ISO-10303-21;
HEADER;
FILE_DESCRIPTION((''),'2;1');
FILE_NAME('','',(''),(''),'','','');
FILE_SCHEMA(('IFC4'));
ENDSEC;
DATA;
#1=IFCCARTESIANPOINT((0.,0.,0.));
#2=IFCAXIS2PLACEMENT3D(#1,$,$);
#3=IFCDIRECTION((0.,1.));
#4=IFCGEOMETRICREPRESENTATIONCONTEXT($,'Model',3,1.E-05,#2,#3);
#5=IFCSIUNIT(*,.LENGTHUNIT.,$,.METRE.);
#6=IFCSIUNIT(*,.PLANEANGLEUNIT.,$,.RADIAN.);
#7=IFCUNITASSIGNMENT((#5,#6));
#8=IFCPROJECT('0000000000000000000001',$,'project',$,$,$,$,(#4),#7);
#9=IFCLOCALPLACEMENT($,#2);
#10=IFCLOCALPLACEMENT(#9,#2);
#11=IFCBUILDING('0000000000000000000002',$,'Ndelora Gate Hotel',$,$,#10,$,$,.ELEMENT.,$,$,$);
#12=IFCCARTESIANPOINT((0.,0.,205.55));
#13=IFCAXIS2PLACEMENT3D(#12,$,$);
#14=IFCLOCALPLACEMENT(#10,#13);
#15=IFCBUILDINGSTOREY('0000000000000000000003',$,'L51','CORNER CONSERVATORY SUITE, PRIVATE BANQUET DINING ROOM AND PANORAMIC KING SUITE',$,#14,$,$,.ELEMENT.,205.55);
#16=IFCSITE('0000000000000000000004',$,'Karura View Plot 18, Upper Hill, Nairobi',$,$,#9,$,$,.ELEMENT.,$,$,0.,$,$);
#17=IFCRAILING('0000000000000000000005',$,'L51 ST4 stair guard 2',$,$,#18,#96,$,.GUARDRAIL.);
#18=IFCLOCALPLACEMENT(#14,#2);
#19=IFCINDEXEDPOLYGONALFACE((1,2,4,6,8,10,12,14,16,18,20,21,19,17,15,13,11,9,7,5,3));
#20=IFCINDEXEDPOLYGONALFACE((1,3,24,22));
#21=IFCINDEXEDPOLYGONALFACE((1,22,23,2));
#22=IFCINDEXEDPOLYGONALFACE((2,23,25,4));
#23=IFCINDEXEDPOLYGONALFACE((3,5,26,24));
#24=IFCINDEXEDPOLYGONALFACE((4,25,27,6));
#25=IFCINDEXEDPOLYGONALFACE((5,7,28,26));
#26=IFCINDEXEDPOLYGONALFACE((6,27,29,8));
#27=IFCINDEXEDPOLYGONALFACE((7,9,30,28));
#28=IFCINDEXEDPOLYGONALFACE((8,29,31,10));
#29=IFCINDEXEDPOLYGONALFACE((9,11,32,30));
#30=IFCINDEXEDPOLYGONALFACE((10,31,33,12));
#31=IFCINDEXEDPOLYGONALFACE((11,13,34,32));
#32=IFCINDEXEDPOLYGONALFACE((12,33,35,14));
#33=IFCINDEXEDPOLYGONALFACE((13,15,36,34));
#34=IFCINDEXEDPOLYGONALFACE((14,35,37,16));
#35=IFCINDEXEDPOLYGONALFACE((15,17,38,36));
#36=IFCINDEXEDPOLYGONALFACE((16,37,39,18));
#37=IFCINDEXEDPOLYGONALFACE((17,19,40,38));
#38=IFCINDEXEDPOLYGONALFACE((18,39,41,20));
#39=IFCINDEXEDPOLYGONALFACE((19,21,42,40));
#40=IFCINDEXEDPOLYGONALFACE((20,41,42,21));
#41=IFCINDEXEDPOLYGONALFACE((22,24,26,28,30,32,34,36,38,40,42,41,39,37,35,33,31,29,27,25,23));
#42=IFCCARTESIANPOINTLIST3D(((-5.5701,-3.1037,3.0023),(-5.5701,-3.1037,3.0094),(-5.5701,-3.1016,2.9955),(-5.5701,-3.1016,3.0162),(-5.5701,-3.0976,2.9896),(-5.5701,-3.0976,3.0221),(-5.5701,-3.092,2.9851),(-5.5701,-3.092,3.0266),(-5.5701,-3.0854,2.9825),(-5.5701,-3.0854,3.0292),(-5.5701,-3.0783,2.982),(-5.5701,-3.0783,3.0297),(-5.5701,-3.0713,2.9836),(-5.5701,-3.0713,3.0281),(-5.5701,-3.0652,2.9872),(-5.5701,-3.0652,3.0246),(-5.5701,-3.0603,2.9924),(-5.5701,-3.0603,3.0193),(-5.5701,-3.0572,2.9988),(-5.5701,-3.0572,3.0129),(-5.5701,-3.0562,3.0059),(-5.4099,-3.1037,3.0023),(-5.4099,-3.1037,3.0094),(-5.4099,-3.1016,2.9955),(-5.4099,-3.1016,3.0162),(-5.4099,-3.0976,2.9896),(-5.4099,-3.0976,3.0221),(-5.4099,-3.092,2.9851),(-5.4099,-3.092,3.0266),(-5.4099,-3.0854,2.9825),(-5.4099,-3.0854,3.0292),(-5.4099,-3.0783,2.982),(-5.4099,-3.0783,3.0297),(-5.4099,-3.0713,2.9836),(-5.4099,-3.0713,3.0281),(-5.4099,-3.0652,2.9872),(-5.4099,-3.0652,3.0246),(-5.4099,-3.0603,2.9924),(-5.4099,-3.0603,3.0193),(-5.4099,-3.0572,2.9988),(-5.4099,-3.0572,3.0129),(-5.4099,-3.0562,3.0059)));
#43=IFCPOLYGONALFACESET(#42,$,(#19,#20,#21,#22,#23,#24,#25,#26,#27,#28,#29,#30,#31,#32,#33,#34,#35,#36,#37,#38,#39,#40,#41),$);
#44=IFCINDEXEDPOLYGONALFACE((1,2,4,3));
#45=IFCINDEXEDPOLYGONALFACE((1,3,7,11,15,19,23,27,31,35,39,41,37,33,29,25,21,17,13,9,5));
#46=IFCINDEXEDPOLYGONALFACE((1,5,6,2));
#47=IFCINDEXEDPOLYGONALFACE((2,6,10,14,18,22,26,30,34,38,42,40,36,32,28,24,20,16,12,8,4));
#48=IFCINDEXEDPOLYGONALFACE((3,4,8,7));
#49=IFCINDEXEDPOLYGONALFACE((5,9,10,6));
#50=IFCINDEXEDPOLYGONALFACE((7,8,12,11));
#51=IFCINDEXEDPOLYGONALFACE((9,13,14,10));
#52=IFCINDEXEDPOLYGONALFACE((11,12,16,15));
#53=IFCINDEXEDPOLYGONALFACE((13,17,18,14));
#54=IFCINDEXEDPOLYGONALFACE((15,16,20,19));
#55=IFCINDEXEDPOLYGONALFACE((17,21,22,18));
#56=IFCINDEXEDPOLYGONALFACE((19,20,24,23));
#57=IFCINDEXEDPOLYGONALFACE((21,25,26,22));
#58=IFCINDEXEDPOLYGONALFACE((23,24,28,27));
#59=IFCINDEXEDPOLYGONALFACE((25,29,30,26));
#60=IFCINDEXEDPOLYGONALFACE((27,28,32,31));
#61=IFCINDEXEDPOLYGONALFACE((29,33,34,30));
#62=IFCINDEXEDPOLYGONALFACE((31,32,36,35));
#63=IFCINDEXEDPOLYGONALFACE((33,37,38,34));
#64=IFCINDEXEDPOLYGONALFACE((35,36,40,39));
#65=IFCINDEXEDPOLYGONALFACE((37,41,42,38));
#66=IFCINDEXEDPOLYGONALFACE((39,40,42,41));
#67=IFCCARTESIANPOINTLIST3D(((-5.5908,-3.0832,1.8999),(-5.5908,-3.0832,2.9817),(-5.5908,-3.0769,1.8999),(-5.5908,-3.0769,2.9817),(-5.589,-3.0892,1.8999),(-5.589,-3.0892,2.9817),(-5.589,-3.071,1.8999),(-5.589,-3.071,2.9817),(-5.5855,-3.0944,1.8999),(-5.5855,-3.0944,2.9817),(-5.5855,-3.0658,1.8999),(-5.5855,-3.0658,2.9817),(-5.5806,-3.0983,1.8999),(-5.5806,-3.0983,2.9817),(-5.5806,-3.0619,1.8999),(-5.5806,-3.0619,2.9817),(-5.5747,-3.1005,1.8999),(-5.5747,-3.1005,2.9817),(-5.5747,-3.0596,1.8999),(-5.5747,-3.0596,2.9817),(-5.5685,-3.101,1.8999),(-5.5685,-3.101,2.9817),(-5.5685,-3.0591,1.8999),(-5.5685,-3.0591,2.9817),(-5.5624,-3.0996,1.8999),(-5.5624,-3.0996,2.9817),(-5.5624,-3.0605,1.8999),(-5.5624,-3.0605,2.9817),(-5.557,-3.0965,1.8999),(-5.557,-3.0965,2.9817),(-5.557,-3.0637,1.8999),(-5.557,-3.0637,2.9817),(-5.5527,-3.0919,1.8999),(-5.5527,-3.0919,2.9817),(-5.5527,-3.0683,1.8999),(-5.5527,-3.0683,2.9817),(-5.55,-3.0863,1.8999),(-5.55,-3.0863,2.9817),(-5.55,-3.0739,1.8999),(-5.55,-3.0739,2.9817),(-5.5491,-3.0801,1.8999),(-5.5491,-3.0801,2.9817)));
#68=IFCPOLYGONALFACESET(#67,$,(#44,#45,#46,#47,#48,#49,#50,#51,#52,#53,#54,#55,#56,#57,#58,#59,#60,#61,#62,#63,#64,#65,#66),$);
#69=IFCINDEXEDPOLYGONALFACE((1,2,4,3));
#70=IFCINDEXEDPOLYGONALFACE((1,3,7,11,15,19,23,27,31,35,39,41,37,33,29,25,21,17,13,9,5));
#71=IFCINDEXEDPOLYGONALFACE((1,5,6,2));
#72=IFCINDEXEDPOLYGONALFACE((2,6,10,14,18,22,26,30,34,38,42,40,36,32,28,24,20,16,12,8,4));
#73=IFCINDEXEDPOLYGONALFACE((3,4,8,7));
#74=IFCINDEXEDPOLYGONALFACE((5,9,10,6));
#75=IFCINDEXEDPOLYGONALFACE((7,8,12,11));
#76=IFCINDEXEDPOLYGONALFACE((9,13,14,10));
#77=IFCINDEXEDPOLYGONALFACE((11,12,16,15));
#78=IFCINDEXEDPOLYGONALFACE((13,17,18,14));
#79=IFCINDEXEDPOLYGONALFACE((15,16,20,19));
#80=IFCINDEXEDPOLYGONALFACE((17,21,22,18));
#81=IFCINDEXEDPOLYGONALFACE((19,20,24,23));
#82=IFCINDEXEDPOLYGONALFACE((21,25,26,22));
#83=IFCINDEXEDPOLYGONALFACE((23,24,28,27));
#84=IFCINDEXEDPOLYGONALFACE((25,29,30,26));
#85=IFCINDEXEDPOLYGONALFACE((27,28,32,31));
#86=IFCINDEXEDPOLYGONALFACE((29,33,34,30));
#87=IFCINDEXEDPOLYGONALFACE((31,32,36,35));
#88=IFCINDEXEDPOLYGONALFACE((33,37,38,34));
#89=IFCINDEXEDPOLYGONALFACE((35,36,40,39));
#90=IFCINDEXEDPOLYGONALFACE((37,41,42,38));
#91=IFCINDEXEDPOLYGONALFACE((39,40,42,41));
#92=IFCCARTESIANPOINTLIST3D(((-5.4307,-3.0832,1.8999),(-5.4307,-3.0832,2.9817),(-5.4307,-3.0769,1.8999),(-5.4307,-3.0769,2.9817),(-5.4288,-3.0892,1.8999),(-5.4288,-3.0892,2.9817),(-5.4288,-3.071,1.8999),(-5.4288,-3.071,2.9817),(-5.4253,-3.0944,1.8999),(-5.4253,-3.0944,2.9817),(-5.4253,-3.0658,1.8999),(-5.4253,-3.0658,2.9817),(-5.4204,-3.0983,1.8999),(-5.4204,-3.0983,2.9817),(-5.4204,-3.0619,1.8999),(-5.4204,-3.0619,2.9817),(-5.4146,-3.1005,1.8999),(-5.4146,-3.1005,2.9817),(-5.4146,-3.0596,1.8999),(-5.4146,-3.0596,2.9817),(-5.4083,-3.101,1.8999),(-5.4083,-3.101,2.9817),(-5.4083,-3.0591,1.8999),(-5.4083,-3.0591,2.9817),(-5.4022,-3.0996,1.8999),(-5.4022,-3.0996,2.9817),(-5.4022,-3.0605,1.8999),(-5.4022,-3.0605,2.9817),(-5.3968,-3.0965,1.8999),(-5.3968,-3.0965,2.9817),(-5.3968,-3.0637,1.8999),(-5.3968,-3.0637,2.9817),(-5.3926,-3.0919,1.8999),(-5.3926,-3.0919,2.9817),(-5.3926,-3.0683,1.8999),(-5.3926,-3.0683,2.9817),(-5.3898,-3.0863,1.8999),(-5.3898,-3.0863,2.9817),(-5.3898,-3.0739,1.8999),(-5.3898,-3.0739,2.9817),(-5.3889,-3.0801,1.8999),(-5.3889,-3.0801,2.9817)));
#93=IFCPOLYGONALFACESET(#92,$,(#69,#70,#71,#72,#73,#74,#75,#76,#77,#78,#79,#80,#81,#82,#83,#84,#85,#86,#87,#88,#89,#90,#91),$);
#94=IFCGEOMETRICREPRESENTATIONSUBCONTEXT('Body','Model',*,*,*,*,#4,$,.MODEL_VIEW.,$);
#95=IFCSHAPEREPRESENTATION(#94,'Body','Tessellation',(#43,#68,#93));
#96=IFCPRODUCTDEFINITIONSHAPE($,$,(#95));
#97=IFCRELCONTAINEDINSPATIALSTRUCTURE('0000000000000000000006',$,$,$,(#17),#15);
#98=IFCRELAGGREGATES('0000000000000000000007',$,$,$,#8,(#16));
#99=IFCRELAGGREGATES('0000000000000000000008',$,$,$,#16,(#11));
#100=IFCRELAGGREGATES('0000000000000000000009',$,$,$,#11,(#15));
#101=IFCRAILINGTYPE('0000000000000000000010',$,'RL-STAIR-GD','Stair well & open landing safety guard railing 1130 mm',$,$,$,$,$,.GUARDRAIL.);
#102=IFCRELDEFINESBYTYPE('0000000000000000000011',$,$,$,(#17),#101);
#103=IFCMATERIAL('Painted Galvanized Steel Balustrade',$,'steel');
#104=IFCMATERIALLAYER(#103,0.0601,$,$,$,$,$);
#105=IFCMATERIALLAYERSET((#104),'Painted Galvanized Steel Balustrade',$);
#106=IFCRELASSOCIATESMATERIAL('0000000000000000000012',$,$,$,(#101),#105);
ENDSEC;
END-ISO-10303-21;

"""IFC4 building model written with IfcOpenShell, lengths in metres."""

from ifc_helpers import new_model, si_unit, direction, frame, origin, origin_2d, place, context, subcontext, project, spatial, circle, extrude, material, layer, layer_set, type_object, element, save


model = new_model("IFC4")

# Units and contexts
model_context = context("Model", 3, precision=1e-05, world=origin(), true_north=direction((0.0, 1.0)))
body_context = subcontext(model_context, "Body", "Model", "MODEL_VIEW")
ifc_project = project(units=[si_unit("LENGTHUNIT", "METRE"), si_unit("PLANEANGLEUNIT", "RADIAN")], contexts=[model_context])

# Site, building, storey
site_placement = place(None, origin())
site = spatial("IfcSite", under=ifc_project, at=site_placement, Name="Karura View Plot 18, Upper Hill, Nairobi", CompositionType="ELEMENT", RefElevation=0.0)
building_placement = place(site_placement, origin())
building = spatial("IfcBuilding", under=site, at=building_placement, Name="Ndelora Gate Hotel", CompositionType="ELEMENT")
storey_placement = place(building_placement, frame((0.0, 0.0, 205.55)))
storey = spatial("IfcBuildingStorey", under=building, at=storey_placement, Name="L51", Description="CORNER CONSERVATORY SUITE, PRIVATE BANQUET DINING ROOM AND PANORAMIC KING SUITE", CompositionType="ELEMENT", Elevation=205.55)

# Railing
ifc_material_1 = material(Name="Painted Galvanized Steel Balustrade", Category="steel")
ifc_layer_1 = layer(ifc_material_1, 0.0601)
ifc_layer_set_1 = layer_set([ifc_layer_1], Name="Painted Galvanized Steel Balustrade")
railing_type_1 = type_object("IfcRailingType", Name="RL-STAIR-GD", Description="Stair well & open landing safety guard railing 1130 mm", PredefinedType="GUARDRAIL", material=ifc_layer_set_1)
railing_1_placement = place(storey_placement, frame((-5.5701, -3.0801, 1.8999)))
element("IfcRailing", 1, at=railing_1_placement, inside=storey, type_object=railing_type_1, Name="L51 ST4 stair guard 2", PredefinedType="GUARDRAIL", context=body_context, shape_type="SweptSolid", body=[
    extrude(circle(Radius=0.0239, at=origin_2d()), frame((0.0, 0.0, 1.106), z_axis=(1.0, 0.0, 0.0), x_axis=(0.0, 1.0, 0.0)), (0.0, 0.0, 1.0), 0.1602),
    extrude(circle(Radius=0.021, at=origin_2d()), origin(), (0.0, 0.0, 1.0), 1.0818),
    extrude(circle(Radius=0.021, at=origin_2d()), frame((0.1602, 0.0, 0.0)), (0.0, 0.0, 1.0), 1.0818),
])

save(model, "model.ifc")
